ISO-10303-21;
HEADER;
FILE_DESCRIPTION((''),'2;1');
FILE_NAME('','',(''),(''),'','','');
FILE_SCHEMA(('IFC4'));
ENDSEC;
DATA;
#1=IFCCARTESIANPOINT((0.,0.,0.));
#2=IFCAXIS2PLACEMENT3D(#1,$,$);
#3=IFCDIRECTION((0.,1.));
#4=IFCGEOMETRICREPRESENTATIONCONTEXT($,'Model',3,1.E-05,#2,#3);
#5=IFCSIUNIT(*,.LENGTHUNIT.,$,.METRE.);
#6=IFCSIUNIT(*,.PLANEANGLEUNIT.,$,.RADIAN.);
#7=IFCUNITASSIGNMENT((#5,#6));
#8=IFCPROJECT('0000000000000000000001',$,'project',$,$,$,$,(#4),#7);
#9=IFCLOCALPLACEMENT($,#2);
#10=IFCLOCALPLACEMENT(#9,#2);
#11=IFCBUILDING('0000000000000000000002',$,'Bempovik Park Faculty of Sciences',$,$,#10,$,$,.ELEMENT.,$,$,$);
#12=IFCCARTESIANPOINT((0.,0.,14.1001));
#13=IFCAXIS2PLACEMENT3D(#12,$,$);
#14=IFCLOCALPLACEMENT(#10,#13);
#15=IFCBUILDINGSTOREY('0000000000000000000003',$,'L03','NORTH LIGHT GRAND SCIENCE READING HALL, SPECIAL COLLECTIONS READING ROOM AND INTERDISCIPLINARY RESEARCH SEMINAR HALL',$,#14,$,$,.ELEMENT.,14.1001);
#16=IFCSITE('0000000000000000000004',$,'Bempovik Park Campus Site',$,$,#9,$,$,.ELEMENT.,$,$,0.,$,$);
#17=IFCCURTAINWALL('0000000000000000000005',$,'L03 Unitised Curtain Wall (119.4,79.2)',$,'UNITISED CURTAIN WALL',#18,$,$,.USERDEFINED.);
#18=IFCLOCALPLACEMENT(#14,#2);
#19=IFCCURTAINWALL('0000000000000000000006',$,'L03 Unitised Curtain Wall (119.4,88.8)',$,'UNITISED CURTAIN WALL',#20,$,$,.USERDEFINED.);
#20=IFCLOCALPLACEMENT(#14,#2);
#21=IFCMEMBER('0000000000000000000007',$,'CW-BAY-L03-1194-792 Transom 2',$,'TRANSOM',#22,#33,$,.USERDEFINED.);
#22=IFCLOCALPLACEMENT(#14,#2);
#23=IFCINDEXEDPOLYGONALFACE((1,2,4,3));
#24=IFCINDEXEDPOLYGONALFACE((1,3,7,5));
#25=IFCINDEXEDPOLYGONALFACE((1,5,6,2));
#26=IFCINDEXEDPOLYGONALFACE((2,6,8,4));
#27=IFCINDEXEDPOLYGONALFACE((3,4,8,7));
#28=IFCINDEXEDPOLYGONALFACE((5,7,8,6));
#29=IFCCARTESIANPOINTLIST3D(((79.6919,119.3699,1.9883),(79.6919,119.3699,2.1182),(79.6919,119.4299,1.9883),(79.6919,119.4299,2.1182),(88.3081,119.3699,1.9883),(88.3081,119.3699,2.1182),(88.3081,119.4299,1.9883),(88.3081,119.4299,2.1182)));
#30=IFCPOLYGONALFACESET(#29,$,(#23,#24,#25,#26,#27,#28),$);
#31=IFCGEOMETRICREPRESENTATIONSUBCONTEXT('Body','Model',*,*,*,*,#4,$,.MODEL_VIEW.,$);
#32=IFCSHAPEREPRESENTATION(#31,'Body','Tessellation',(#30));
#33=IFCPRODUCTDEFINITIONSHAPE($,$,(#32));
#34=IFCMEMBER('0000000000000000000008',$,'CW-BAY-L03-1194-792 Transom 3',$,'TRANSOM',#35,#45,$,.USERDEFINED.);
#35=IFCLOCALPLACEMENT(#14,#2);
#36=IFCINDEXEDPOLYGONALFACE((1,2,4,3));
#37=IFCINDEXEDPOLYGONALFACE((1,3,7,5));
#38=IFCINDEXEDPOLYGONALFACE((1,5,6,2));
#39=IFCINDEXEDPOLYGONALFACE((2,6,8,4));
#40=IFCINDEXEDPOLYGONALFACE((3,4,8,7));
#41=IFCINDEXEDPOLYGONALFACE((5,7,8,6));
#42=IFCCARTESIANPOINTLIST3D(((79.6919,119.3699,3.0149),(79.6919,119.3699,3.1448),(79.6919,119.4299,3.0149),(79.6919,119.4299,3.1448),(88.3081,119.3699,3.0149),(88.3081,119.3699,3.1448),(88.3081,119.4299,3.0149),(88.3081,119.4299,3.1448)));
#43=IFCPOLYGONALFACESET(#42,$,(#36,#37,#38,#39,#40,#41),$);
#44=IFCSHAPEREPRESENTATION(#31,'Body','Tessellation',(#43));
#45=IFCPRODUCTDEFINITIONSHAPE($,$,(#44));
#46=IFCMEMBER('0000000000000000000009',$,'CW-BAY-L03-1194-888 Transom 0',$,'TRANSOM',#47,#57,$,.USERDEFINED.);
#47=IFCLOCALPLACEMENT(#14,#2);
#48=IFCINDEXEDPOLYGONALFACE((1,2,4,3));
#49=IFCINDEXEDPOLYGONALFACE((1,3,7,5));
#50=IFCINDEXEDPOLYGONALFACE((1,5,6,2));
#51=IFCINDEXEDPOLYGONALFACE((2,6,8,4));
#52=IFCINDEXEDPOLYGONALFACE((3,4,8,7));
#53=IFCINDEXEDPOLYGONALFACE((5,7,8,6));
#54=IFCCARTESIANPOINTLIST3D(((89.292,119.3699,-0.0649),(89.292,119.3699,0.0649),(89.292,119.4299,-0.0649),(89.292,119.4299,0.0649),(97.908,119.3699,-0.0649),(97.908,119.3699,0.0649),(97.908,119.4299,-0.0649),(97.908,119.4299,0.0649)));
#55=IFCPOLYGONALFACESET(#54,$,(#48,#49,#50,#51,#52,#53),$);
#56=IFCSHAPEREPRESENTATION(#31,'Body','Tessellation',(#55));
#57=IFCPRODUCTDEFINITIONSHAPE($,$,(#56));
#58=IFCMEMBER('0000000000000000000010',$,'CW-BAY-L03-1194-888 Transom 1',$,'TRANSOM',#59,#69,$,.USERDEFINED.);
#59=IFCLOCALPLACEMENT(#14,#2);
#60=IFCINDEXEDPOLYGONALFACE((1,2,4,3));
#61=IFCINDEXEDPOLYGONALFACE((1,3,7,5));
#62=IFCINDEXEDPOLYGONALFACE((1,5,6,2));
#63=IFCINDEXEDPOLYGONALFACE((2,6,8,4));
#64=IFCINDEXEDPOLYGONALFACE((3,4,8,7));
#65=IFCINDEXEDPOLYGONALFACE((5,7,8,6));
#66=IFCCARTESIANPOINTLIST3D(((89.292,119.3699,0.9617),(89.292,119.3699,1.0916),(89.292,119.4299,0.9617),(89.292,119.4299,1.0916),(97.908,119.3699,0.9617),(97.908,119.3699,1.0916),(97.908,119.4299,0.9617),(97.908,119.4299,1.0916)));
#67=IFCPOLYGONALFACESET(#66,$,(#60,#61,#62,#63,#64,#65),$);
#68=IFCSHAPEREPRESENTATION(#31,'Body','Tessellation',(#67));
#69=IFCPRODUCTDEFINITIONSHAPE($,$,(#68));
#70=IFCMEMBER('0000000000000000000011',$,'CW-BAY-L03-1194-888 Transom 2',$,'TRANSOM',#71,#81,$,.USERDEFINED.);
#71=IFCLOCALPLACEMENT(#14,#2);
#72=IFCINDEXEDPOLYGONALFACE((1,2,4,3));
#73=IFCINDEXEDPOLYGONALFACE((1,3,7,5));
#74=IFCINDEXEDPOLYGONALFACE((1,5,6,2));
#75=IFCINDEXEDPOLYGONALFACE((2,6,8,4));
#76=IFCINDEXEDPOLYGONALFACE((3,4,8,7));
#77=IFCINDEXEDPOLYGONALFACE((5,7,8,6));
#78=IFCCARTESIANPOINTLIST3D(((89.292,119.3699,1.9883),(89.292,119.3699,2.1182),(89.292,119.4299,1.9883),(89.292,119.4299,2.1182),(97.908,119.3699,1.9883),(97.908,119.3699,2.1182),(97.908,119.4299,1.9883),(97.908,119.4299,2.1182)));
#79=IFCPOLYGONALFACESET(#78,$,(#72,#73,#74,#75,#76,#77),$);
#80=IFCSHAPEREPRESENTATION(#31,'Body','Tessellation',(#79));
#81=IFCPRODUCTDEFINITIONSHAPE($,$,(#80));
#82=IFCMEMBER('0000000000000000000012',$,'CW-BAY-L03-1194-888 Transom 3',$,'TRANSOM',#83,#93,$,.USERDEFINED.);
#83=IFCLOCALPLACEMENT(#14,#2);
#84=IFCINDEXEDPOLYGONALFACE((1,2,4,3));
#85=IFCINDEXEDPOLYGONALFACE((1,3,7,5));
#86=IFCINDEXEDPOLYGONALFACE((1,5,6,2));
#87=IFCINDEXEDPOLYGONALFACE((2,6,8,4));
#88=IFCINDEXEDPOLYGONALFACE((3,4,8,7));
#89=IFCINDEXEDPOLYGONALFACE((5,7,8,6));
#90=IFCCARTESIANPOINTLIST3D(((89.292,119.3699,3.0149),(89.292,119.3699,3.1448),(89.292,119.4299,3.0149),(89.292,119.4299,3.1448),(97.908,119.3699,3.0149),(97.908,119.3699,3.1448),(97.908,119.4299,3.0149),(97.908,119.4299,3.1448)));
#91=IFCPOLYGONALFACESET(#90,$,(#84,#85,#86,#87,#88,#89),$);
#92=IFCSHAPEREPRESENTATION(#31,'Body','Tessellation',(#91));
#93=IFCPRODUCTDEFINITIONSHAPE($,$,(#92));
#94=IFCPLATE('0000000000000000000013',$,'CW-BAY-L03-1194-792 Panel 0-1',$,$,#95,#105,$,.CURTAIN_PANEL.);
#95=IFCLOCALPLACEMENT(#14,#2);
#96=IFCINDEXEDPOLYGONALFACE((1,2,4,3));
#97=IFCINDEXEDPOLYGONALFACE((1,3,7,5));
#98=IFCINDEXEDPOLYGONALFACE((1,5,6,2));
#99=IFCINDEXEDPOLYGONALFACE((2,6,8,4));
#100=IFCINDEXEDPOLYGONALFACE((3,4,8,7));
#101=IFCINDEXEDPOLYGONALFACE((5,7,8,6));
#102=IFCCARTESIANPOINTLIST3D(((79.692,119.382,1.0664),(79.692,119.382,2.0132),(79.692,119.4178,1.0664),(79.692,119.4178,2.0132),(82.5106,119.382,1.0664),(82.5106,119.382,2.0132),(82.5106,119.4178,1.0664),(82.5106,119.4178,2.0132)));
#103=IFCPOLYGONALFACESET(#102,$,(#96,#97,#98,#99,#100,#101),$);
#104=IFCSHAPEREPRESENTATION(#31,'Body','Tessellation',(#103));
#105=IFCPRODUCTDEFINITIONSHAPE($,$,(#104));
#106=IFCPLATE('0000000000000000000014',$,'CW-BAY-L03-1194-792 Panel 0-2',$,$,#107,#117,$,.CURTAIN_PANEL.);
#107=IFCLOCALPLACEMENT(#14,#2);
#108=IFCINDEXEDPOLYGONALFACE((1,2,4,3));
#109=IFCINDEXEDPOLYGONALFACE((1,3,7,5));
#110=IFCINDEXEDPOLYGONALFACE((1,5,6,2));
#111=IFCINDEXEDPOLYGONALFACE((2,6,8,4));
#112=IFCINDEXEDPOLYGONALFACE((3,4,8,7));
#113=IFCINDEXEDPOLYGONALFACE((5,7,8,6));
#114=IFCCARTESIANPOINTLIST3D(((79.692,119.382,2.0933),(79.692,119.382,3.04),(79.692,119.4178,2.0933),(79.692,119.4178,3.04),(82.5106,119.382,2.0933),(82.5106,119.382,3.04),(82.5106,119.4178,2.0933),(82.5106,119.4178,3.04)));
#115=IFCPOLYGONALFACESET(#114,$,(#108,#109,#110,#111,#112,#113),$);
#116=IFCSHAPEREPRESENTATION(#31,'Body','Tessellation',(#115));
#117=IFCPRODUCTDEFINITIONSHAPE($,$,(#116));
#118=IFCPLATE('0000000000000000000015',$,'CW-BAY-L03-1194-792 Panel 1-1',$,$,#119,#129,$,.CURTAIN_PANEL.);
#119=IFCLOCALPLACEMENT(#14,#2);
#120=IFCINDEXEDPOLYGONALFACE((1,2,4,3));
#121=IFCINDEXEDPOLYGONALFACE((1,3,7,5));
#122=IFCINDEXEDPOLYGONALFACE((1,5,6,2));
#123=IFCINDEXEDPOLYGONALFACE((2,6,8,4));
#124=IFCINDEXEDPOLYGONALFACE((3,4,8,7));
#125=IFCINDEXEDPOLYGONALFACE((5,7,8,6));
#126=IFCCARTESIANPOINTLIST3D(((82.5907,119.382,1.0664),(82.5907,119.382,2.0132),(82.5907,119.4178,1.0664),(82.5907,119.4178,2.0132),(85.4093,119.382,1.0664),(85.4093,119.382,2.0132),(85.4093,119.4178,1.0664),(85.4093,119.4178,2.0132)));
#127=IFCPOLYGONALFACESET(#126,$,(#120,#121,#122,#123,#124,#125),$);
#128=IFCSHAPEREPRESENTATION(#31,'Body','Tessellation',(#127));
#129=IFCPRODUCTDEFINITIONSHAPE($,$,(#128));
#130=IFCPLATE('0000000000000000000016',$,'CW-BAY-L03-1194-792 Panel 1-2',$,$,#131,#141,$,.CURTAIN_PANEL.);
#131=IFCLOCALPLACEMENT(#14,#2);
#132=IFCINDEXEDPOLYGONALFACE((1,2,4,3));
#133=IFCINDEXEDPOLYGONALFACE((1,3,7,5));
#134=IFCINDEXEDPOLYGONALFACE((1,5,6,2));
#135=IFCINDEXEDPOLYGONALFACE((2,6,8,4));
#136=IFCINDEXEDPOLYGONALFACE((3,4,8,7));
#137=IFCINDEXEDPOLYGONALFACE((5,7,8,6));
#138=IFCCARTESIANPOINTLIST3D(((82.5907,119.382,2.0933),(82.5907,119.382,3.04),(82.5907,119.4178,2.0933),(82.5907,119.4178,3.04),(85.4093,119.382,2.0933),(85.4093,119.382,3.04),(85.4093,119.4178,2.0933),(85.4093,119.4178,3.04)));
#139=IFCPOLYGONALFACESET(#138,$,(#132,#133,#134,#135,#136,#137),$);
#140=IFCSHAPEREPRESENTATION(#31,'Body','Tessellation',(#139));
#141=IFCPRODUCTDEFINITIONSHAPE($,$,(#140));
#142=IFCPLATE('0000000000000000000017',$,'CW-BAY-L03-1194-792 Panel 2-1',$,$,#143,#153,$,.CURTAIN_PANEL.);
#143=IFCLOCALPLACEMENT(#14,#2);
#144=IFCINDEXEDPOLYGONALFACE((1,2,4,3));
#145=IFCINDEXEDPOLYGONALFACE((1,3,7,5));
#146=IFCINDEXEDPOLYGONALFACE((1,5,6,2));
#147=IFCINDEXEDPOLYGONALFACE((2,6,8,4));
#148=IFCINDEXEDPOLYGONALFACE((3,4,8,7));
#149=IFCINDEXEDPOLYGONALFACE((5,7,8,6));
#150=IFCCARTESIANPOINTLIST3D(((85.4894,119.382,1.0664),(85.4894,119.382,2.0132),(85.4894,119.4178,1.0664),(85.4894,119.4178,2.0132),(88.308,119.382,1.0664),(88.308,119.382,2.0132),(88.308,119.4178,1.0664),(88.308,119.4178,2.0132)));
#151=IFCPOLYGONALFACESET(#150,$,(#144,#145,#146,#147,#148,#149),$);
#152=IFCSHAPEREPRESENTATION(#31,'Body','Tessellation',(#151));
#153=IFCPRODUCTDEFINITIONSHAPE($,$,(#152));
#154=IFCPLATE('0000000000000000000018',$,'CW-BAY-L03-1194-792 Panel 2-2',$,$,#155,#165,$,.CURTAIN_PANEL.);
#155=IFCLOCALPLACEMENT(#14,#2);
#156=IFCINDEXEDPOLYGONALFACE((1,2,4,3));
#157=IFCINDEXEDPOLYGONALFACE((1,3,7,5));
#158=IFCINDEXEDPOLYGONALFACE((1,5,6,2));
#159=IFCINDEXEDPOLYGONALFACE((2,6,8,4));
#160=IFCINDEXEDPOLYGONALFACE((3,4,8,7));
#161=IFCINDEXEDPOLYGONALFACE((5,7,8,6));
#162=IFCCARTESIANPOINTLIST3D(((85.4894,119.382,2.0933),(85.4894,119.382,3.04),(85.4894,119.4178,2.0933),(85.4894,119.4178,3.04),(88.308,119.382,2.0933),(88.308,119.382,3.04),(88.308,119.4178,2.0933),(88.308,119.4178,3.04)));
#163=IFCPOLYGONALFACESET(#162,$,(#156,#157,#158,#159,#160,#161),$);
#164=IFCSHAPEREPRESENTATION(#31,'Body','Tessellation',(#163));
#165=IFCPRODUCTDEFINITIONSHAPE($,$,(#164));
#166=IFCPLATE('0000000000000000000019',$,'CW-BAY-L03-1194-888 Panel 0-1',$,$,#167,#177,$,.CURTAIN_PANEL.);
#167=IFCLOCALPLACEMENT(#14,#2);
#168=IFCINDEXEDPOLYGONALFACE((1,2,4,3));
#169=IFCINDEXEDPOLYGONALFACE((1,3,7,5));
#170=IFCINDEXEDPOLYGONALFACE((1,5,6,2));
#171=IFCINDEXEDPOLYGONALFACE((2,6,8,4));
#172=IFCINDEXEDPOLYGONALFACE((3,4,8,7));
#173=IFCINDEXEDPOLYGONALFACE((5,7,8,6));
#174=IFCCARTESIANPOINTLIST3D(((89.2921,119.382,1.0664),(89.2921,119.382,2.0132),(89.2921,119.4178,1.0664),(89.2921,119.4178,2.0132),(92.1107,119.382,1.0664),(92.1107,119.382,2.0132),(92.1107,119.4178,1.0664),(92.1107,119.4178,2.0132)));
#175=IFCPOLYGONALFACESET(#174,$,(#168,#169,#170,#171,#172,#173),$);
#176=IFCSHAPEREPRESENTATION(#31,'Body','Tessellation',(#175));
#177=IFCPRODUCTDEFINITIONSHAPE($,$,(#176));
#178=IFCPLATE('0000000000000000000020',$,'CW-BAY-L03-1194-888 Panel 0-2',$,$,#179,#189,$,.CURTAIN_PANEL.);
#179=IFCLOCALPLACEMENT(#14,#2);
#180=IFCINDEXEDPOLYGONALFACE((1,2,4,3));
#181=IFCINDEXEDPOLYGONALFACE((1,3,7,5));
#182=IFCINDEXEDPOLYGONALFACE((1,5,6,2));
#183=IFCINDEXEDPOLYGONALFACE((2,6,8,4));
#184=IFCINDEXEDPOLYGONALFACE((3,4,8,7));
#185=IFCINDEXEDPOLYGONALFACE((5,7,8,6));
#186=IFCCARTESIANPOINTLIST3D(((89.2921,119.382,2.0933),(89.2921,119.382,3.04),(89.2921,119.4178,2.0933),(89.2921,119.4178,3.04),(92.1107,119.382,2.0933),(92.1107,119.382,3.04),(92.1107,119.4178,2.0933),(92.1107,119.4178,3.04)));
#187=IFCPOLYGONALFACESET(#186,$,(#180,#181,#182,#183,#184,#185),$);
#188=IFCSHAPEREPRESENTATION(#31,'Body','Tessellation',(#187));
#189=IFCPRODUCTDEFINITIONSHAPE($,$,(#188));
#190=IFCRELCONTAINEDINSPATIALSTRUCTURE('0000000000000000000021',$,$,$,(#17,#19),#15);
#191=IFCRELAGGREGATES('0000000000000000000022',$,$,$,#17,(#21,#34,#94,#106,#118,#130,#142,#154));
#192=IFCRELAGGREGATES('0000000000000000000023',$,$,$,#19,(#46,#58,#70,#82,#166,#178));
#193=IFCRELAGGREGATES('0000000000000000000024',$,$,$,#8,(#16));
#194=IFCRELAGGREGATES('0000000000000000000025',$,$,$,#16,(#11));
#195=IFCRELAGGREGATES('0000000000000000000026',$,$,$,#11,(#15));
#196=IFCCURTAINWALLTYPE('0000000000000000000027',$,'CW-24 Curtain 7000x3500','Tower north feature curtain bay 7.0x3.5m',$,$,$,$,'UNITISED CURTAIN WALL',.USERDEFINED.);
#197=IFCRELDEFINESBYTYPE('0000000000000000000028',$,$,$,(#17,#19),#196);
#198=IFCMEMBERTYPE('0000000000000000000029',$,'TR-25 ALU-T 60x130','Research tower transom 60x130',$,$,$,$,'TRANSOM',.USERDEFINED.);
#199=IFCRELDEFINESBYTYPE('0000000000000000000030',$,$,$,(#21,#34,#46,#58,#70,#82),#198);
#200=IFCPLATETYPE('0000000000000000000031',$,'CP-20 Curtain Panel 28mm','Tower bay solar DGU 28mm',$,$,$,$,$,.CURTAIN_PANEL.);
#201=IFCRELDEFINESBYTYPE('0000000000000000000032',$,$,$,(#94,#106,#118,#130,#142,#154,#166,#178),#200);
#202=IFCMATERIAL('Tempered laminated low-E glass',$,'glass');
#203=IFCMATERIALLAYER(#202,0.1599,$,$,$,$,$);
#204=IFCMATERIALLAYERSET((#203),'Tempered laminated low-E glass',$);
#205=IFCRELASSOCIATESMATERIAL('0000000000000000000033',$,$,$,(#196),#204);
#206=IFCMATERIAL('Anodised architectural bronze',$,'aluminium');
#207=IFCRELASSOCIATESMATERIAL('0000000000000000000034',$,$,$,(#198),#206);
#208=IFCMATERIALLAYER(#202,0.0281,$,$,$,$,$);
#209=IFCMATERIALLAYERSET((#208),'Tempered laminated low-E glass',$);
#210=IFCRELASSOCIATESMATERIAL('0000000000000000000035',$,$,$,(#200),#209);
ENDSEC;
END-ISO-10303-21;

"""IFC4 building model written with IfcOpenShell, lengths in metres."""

from ifc_helpers import new_model, si_unit, direction, frame, origin, origin_2d, place, context, subcontext, project, spatial, rectangle, extrude, material, layer, layer_set, material_profile, profile_set, type_object, element, aggregate, save


model = new_model("IFC4")

# Units and contexts
model_context = context("Model", 3, precision=1e-05, world=origin(), true_north=direction((0.0, 1.0)))
body_context = subcontext(model_context, "Body", "Model", "MODEL_VIEW")
ifc_project = project(units=[si_unit("LENGTHUNIT", "METRE"), si_unit("PLANEANGLEUNIT", "RADIAN")], contexts=[model_context])

# Site, building, storey
site_placement = place(None, origin())
site = spatial("IfcSite", under=ifc_project, at=site_placement, Name="Bempovik Park Campus Site", CompositionType="ELEMENT", RefElevation=0.0)
building_placement = place(site_placement, origin())
building = spatial("IfcBuilding", under=site, at=building_placement, Name="Bempovik Park Faculty of Sciences", CompositionType="ELEMENT")
storey_placement = place(building_placement, frame((0.0, 0.0, 14.1001)))
storey = spatial("IfcBuildingStorey", under=building, at=storey_placement, Name="L03", Description="NORTH LIGHT GRAND SCIENCE READING HALL, SPECIAL COLLECTIONS READING ROOM AND INTERDISCIPLINARY RESEARCH SEMINAR HALL", CompositionType="ELEMENT", Elevation=14.1001)

# Curtain walls
ifc_material_1 = material(Name="Tempered laminated low-E glass", Category="glass")
ifc_layer_1 = layer(ifc_material_1, 0.1599)
ifc_layer_set_1 = layer_set([ifc_layer_1], Name="Tempered laminated low-E glass")
curtain_wall_type = type_object("IfcCurtainWallType", Name="CW-24 Curtain 7000x3500", Description="Tower north feature curtain bay 7.0x3.5m", ElementType="UNITISED CURTAIN WALL", PredefinedType="USERDEFINED", material=ifc_layer_set_1)
curtain_wall_1_placement = place(storey_placement, origin())
curtain_wall_1 = element("IfcCurtainWall", 1, at=curtain_wall_1_placement, inside=storey, type_object=curtain_wall_type, Name="L03 Unitised Curtain Wall (119.4,79.2)", ObjectType="UNITISED CURTAIN WALL", PredefinedType="USERDEFINED")
ifc_material_2 = material(Name="Anodised architectural bronze", Category="aluminium")
curtain_wall_2_placement = place(storey_placement, origin())
curtain_wall_2 = element("IfcCurtainWall", 2, at=curtain_wall_2_placement, inside=storey, type_object=curtain_wall_type, Name="L03 Unitised Curtain Wall (119.4,88.8)", ObjectType="UNITISED CURTAIN WALL", PredefinedType="USERDEFINED")

# Members
ifc_material_profile_1 = material_profile(ifc_material_2, rectangle(XDim=0.0601, YDim=0.1299, at=origin_2d()), Name="ALU-T 60x130")
ifc_profile_set_1 = profile_set([ifc_material_profile_1], Name="Anodised architectural bronze")
member_type_1 = type_object("IfcMemberType", Name="TR-25 ALU-T 60x130", Description="Research tower transom 60x130", ElementType="TRANSOM", PredefinedType="USERDEFINED", material=ifc_profile_set_1)
member_1_placement = place(storey_placement, frame((79.6919, 119.3999, 2.0532), z_axis=(1.0, 0.0, 0.0), x_axis=(0.0, 1.0, 0.0)))
member_1 = element("IfcMember", 3, at=member_1_placement, type_object=member_type_1, Name="CW-BAY-L03-1194-792 Transom 2", ObjectType="TRANSOM", PredefinedType="USERDEFINED", context=body_context, shape_type="SweptSolid", body=[
    extrude(rectangle(XDim=0.0601, YDim=0.1299, at=origin_2d()), origin(), (0.0, 0.0, 1.0), 8.6162),
])
member_2_placement = place(storey_placement, frame((79.6919, 119.3999, 3.0798), z_axis=(1.0, 0.0, 0.0), x_axis=(0.0, 1.0, 0.0)))
member_2 = element("IfcMember", 4, at=member_2_placement, type_object=member_type_1, Name="CW-BAY-L03-1194-792 Transom 3", ObjectType="TRANSOM", PredefinedType="USERDEFINED", context=body_context, shape_type="SweptSolid", body=[
    extrude(rectangle(XDim=0.0601, YDim=0.1299, at=origin_2d()), origin(), (0.0, 0.0, 1.0), 8.6162),
])
member_3_placement = place(storey_placement, frame((89.292, 119.3999, 0.0), z_axis=(1.0, 0.0, 0.0), x_axis=(0.0, 1.0, 0.0)))
member_3 = element("IfcMember", 5, at=member_3_placement, type_object=member_type_1, Name="CW-BAY-L03-1194-888 Transom 0", ObjectType="TRANSOM", PredefinedType="USERDEFINED", context=body_context, shape_type="SweptSolid", body=[
    extrude(rectangle(XDim=0.0601, YDim=0.1299, at=origin_2d()), origin(), (0.0, 0.0, 1.0), 8.616),
])
member_4_placement = place(storey_placement, frame((89.292, 119.3999, 1.0266), z_axis=(1.0, 0.0, 0.0), x_axis=(0.0, 1.0, 0.0)))
member_4 = element("IfcMember", 6, at=member_4_placement, type_object=member_type_1, Name="CW-BAY-L03-1194-888 Transom 1", ObjectType="TRANSOM", PredefinedType="USERDEFINED", context=body_context, shape_type="SweptSolid", body=[
    extrude(rectangle(XDim=0.0601, YDim=0.1299, at=origin_2d()), origin(), (0.0, 0.0, 1.0), 8.616),
])
member_5_placement = place(storey_placement, frame((89.292, 119.3999, 2.0532), z_axis=(1.0, 0.0, 0.0), x_axis=(0.0, 1.0, 0.0)))
member_5 = element("IfcMember", 7, at=member_5_placement, type_object=member_type_1, Name="CW-BAY-L03-1194-888 Transom 2", ObjectType="TRANSOM", PredefinedType="USERDEFINED", context=body_context, shape_type="SweptSolid", body=[
    extrude(rectangle(XDim=0.0601, YDim=0.1299, at=origin_2d()), origin(), (0.0, 0.0, 1.0), 8.616),
])
member_6_placement = place(storey_placement, frame((89.292, 119.3999, 3.0798), z_axis=(1.0, 0.0, 0.0), x_axis=(0.0, 1.0, 0.0)))
member_6 = element("IfcMember", 8, at=member_6_placement, type_object=member_type_1, Name="CW-BAY-L03-1194-888 Transom 3", ObjectType="TRANSOM", PredefinedType="USERDEFINED", context=body_context, shape_type="SweptSolid", body=[
    extrude(rectangle(XDim=0.0601, YDim=0.1299, at=origin_2d()), origin(), (0.0, 0.0, 1.0), 8.616),
])

# Plates
ifc_layer_2 = layer(ifc_material_1, 0.0281)
ifc_layer_set_2 = layer_set([ifc_layer_2], Name="Tempered laminated low-E glass")
plate_type_1 = type_object("IfcPlateType", Name="CP-20 Curtain Panel 28mm", Description="Tower bay solar DGU 28mm", PredefinedType="CURTAIN_PANEL", material=ifc_layer_set_2)
plate_1_placement = place(storey_placement, frame((81.1013, 119.3999, 1.0664), z_axis=(0.0, 0.0, 1.0), x_axis=(1.0, 0.0, 0.0)))
plate_1 = element("IfcPlate", 9, at=plate_1_placement, type_object=plate_type_1, Name="CW-BAY-L03-1194-792 Panel 0-1", PredefinedType="CURTAIN_PANEL", context=body_context, shape_type="SweptSolid", body=[
    extrude(rectangle(XDim=2.8186, YDim=0.0359, at=origin_2d()), origin(), (0.0, 0.0, 1.0), 0.9468),
])
plate_2_placement = place(storey_placement, frame((81.1013, 119.3999, 2.0933), z_axis=(0.0, 0.0, 1.0), x_axis=(1.0, 0.0, 0.0)))
plate_2 = element("IfcPlate", 10, at=plate_2_placement, type_object=plate_type_1, Name="CW-BAY-L03-1194-792 Panel 0-2", PredefinedType="CURTAIN_PANEL", context=body_context, shape_type="SweptSolid", body=[
    extrude(rectangle(XDim=2.8186, YDim=0.0359, at=origin_2d()), origin(), (0.0, 0.0, 1.0), 0.9468),
])
plate_3_placement = place(storey_placement, frame((84.0, 119.3999, 1.0664), z_axis=(0.0, 0.0, 1.0), x_axis=(1.0, 0.0, 0.0)))
plate_3 = element("IfcPlate", 11, at=plate_3_placement, type_object=plate_type_1, Name="CW-BAY-L03-1194-792 Panel 1-1", PredefinedType="CURTAIN_PANEL", context=body_context, shape_type="SweptSolid", body=[
    extrude(rectangle(XDim=2.8186, YDim=0.0359, at=origin_2d()), origin(), (0.0, 0.0, 1.0), 0.9468),
])
plate_4_placement = place(storey_placement, frame((84.0, 119.3999, 2.0933), z_axis=(0.0, 0.0, 1.0), x_axis=(1.0, 0.0, 0.0)))
plate_4 = element("IfcPlate", 12, at=plate_4_placement, type_object=plate_type_1, Name="CW-BAY-L03-1194-792 Panel 1-2", PredefinedType="CURTAIN_PANEL", context=body_context, shape_type="SweptSolid", body=[
    extrude(rectangle(XDim=2.8186, YDim=0.0359, at=origin_2d()), origin(), (0.0, 0.0, 1.0), 0.9468),
])
plate_5_placement = place(storey_placement, frame((86.8987, 119.3999, 1.0664), z_axis=(0.0, 0.0, 1.0), x_axis=(1.0, 0.0, 0.0)))
plate_5 = element("IfcPlate", 13, at=plate_5_placement, type_object=plate_type_1, Name="CW-BAY-L03-1194-792 Panel 2-1", PredefinedType="CURTAIN_PANEL", context=body_context, shape_type="SweptSolid", body=[
    extrude(rectangle(XDim=2.8186, YDim=0.0359, at=origin_2d()), origin(), (0.0, 0.0, 1.0), 0.9468),
])
plate_6_placement = place(storey_placement, frame((86.8987, 119.3999, 2.0933), z_axis=(0.0, 0.0, 1.0), x_axis=(1.0, 0.0, 0.0)))
plate_6 = element("IfcPlate", 14, at=plate_6_placement, type_object=plate_type_1, Name="CW-BAY-L03-1194-792 Panel 2-2", PredefinedType="CURTAIN_PANEL", context=body_context, shape_type="SweptSolid", body=[
    extrude(rectangle(XDim=2.8186, YDim=0.0359, at=origin_2d()), origin(), (0.0, 0.0, 1.0), 0.9468),
])
plate_7_placement = place(storey_placement, frame((90.7014, 119.3999, 1.0664), z_axis=(0.0, 0.0, 1.0), x_axis=(1.0, 0.0, 0.0)))
plate_7 = element("IfcPlate", 15, at=plate_7_placement, type_object=plate_type_1, Name="CW-BAY-L03-1194-888 Panel 0-1", PredefinedType="CURTAIN_PANEL", context=body_context, shape_type="SweptSolid", body=[
    extrude(rectangle(XDim=2.8186, YDim=0.0359, at=origin_2d()), origin(), (0.0, 0.0, 1.0), 0.9468),
])
plate_8_placement = place(storey_placement, frame((90.7014, 119.3999, 2.0933), z_axis=(0.0, 0.0, 1.0), x_axis=(1.0, 0.0, 0.0)))
plate_8 = element("IfcPlate", 16, at=plate_8_placement, type_object=plate_type_1, Name="CW-BAY-L03-1194-888 Panel 0-2", PredefinedType="CURTAIN_PANEL", context=body_context, shape_type="SweptSolid", body=[
    extrude(rectangle(XDim=2.8186, YDim=0.0359, at=origin_2d()), origin(), (0.0, 0.0, 1.0), 0.9468),
])
aggregate(curtain_wall_1, [member_1, member_2, plate_1, plate_2, plate_3, plate_4, plate_5, plate_6])
aggregate(curtain_wall_2, [member_3, member_4, member_5, member_6, plate_7, plate_8])

save(model, "model.ifc")
